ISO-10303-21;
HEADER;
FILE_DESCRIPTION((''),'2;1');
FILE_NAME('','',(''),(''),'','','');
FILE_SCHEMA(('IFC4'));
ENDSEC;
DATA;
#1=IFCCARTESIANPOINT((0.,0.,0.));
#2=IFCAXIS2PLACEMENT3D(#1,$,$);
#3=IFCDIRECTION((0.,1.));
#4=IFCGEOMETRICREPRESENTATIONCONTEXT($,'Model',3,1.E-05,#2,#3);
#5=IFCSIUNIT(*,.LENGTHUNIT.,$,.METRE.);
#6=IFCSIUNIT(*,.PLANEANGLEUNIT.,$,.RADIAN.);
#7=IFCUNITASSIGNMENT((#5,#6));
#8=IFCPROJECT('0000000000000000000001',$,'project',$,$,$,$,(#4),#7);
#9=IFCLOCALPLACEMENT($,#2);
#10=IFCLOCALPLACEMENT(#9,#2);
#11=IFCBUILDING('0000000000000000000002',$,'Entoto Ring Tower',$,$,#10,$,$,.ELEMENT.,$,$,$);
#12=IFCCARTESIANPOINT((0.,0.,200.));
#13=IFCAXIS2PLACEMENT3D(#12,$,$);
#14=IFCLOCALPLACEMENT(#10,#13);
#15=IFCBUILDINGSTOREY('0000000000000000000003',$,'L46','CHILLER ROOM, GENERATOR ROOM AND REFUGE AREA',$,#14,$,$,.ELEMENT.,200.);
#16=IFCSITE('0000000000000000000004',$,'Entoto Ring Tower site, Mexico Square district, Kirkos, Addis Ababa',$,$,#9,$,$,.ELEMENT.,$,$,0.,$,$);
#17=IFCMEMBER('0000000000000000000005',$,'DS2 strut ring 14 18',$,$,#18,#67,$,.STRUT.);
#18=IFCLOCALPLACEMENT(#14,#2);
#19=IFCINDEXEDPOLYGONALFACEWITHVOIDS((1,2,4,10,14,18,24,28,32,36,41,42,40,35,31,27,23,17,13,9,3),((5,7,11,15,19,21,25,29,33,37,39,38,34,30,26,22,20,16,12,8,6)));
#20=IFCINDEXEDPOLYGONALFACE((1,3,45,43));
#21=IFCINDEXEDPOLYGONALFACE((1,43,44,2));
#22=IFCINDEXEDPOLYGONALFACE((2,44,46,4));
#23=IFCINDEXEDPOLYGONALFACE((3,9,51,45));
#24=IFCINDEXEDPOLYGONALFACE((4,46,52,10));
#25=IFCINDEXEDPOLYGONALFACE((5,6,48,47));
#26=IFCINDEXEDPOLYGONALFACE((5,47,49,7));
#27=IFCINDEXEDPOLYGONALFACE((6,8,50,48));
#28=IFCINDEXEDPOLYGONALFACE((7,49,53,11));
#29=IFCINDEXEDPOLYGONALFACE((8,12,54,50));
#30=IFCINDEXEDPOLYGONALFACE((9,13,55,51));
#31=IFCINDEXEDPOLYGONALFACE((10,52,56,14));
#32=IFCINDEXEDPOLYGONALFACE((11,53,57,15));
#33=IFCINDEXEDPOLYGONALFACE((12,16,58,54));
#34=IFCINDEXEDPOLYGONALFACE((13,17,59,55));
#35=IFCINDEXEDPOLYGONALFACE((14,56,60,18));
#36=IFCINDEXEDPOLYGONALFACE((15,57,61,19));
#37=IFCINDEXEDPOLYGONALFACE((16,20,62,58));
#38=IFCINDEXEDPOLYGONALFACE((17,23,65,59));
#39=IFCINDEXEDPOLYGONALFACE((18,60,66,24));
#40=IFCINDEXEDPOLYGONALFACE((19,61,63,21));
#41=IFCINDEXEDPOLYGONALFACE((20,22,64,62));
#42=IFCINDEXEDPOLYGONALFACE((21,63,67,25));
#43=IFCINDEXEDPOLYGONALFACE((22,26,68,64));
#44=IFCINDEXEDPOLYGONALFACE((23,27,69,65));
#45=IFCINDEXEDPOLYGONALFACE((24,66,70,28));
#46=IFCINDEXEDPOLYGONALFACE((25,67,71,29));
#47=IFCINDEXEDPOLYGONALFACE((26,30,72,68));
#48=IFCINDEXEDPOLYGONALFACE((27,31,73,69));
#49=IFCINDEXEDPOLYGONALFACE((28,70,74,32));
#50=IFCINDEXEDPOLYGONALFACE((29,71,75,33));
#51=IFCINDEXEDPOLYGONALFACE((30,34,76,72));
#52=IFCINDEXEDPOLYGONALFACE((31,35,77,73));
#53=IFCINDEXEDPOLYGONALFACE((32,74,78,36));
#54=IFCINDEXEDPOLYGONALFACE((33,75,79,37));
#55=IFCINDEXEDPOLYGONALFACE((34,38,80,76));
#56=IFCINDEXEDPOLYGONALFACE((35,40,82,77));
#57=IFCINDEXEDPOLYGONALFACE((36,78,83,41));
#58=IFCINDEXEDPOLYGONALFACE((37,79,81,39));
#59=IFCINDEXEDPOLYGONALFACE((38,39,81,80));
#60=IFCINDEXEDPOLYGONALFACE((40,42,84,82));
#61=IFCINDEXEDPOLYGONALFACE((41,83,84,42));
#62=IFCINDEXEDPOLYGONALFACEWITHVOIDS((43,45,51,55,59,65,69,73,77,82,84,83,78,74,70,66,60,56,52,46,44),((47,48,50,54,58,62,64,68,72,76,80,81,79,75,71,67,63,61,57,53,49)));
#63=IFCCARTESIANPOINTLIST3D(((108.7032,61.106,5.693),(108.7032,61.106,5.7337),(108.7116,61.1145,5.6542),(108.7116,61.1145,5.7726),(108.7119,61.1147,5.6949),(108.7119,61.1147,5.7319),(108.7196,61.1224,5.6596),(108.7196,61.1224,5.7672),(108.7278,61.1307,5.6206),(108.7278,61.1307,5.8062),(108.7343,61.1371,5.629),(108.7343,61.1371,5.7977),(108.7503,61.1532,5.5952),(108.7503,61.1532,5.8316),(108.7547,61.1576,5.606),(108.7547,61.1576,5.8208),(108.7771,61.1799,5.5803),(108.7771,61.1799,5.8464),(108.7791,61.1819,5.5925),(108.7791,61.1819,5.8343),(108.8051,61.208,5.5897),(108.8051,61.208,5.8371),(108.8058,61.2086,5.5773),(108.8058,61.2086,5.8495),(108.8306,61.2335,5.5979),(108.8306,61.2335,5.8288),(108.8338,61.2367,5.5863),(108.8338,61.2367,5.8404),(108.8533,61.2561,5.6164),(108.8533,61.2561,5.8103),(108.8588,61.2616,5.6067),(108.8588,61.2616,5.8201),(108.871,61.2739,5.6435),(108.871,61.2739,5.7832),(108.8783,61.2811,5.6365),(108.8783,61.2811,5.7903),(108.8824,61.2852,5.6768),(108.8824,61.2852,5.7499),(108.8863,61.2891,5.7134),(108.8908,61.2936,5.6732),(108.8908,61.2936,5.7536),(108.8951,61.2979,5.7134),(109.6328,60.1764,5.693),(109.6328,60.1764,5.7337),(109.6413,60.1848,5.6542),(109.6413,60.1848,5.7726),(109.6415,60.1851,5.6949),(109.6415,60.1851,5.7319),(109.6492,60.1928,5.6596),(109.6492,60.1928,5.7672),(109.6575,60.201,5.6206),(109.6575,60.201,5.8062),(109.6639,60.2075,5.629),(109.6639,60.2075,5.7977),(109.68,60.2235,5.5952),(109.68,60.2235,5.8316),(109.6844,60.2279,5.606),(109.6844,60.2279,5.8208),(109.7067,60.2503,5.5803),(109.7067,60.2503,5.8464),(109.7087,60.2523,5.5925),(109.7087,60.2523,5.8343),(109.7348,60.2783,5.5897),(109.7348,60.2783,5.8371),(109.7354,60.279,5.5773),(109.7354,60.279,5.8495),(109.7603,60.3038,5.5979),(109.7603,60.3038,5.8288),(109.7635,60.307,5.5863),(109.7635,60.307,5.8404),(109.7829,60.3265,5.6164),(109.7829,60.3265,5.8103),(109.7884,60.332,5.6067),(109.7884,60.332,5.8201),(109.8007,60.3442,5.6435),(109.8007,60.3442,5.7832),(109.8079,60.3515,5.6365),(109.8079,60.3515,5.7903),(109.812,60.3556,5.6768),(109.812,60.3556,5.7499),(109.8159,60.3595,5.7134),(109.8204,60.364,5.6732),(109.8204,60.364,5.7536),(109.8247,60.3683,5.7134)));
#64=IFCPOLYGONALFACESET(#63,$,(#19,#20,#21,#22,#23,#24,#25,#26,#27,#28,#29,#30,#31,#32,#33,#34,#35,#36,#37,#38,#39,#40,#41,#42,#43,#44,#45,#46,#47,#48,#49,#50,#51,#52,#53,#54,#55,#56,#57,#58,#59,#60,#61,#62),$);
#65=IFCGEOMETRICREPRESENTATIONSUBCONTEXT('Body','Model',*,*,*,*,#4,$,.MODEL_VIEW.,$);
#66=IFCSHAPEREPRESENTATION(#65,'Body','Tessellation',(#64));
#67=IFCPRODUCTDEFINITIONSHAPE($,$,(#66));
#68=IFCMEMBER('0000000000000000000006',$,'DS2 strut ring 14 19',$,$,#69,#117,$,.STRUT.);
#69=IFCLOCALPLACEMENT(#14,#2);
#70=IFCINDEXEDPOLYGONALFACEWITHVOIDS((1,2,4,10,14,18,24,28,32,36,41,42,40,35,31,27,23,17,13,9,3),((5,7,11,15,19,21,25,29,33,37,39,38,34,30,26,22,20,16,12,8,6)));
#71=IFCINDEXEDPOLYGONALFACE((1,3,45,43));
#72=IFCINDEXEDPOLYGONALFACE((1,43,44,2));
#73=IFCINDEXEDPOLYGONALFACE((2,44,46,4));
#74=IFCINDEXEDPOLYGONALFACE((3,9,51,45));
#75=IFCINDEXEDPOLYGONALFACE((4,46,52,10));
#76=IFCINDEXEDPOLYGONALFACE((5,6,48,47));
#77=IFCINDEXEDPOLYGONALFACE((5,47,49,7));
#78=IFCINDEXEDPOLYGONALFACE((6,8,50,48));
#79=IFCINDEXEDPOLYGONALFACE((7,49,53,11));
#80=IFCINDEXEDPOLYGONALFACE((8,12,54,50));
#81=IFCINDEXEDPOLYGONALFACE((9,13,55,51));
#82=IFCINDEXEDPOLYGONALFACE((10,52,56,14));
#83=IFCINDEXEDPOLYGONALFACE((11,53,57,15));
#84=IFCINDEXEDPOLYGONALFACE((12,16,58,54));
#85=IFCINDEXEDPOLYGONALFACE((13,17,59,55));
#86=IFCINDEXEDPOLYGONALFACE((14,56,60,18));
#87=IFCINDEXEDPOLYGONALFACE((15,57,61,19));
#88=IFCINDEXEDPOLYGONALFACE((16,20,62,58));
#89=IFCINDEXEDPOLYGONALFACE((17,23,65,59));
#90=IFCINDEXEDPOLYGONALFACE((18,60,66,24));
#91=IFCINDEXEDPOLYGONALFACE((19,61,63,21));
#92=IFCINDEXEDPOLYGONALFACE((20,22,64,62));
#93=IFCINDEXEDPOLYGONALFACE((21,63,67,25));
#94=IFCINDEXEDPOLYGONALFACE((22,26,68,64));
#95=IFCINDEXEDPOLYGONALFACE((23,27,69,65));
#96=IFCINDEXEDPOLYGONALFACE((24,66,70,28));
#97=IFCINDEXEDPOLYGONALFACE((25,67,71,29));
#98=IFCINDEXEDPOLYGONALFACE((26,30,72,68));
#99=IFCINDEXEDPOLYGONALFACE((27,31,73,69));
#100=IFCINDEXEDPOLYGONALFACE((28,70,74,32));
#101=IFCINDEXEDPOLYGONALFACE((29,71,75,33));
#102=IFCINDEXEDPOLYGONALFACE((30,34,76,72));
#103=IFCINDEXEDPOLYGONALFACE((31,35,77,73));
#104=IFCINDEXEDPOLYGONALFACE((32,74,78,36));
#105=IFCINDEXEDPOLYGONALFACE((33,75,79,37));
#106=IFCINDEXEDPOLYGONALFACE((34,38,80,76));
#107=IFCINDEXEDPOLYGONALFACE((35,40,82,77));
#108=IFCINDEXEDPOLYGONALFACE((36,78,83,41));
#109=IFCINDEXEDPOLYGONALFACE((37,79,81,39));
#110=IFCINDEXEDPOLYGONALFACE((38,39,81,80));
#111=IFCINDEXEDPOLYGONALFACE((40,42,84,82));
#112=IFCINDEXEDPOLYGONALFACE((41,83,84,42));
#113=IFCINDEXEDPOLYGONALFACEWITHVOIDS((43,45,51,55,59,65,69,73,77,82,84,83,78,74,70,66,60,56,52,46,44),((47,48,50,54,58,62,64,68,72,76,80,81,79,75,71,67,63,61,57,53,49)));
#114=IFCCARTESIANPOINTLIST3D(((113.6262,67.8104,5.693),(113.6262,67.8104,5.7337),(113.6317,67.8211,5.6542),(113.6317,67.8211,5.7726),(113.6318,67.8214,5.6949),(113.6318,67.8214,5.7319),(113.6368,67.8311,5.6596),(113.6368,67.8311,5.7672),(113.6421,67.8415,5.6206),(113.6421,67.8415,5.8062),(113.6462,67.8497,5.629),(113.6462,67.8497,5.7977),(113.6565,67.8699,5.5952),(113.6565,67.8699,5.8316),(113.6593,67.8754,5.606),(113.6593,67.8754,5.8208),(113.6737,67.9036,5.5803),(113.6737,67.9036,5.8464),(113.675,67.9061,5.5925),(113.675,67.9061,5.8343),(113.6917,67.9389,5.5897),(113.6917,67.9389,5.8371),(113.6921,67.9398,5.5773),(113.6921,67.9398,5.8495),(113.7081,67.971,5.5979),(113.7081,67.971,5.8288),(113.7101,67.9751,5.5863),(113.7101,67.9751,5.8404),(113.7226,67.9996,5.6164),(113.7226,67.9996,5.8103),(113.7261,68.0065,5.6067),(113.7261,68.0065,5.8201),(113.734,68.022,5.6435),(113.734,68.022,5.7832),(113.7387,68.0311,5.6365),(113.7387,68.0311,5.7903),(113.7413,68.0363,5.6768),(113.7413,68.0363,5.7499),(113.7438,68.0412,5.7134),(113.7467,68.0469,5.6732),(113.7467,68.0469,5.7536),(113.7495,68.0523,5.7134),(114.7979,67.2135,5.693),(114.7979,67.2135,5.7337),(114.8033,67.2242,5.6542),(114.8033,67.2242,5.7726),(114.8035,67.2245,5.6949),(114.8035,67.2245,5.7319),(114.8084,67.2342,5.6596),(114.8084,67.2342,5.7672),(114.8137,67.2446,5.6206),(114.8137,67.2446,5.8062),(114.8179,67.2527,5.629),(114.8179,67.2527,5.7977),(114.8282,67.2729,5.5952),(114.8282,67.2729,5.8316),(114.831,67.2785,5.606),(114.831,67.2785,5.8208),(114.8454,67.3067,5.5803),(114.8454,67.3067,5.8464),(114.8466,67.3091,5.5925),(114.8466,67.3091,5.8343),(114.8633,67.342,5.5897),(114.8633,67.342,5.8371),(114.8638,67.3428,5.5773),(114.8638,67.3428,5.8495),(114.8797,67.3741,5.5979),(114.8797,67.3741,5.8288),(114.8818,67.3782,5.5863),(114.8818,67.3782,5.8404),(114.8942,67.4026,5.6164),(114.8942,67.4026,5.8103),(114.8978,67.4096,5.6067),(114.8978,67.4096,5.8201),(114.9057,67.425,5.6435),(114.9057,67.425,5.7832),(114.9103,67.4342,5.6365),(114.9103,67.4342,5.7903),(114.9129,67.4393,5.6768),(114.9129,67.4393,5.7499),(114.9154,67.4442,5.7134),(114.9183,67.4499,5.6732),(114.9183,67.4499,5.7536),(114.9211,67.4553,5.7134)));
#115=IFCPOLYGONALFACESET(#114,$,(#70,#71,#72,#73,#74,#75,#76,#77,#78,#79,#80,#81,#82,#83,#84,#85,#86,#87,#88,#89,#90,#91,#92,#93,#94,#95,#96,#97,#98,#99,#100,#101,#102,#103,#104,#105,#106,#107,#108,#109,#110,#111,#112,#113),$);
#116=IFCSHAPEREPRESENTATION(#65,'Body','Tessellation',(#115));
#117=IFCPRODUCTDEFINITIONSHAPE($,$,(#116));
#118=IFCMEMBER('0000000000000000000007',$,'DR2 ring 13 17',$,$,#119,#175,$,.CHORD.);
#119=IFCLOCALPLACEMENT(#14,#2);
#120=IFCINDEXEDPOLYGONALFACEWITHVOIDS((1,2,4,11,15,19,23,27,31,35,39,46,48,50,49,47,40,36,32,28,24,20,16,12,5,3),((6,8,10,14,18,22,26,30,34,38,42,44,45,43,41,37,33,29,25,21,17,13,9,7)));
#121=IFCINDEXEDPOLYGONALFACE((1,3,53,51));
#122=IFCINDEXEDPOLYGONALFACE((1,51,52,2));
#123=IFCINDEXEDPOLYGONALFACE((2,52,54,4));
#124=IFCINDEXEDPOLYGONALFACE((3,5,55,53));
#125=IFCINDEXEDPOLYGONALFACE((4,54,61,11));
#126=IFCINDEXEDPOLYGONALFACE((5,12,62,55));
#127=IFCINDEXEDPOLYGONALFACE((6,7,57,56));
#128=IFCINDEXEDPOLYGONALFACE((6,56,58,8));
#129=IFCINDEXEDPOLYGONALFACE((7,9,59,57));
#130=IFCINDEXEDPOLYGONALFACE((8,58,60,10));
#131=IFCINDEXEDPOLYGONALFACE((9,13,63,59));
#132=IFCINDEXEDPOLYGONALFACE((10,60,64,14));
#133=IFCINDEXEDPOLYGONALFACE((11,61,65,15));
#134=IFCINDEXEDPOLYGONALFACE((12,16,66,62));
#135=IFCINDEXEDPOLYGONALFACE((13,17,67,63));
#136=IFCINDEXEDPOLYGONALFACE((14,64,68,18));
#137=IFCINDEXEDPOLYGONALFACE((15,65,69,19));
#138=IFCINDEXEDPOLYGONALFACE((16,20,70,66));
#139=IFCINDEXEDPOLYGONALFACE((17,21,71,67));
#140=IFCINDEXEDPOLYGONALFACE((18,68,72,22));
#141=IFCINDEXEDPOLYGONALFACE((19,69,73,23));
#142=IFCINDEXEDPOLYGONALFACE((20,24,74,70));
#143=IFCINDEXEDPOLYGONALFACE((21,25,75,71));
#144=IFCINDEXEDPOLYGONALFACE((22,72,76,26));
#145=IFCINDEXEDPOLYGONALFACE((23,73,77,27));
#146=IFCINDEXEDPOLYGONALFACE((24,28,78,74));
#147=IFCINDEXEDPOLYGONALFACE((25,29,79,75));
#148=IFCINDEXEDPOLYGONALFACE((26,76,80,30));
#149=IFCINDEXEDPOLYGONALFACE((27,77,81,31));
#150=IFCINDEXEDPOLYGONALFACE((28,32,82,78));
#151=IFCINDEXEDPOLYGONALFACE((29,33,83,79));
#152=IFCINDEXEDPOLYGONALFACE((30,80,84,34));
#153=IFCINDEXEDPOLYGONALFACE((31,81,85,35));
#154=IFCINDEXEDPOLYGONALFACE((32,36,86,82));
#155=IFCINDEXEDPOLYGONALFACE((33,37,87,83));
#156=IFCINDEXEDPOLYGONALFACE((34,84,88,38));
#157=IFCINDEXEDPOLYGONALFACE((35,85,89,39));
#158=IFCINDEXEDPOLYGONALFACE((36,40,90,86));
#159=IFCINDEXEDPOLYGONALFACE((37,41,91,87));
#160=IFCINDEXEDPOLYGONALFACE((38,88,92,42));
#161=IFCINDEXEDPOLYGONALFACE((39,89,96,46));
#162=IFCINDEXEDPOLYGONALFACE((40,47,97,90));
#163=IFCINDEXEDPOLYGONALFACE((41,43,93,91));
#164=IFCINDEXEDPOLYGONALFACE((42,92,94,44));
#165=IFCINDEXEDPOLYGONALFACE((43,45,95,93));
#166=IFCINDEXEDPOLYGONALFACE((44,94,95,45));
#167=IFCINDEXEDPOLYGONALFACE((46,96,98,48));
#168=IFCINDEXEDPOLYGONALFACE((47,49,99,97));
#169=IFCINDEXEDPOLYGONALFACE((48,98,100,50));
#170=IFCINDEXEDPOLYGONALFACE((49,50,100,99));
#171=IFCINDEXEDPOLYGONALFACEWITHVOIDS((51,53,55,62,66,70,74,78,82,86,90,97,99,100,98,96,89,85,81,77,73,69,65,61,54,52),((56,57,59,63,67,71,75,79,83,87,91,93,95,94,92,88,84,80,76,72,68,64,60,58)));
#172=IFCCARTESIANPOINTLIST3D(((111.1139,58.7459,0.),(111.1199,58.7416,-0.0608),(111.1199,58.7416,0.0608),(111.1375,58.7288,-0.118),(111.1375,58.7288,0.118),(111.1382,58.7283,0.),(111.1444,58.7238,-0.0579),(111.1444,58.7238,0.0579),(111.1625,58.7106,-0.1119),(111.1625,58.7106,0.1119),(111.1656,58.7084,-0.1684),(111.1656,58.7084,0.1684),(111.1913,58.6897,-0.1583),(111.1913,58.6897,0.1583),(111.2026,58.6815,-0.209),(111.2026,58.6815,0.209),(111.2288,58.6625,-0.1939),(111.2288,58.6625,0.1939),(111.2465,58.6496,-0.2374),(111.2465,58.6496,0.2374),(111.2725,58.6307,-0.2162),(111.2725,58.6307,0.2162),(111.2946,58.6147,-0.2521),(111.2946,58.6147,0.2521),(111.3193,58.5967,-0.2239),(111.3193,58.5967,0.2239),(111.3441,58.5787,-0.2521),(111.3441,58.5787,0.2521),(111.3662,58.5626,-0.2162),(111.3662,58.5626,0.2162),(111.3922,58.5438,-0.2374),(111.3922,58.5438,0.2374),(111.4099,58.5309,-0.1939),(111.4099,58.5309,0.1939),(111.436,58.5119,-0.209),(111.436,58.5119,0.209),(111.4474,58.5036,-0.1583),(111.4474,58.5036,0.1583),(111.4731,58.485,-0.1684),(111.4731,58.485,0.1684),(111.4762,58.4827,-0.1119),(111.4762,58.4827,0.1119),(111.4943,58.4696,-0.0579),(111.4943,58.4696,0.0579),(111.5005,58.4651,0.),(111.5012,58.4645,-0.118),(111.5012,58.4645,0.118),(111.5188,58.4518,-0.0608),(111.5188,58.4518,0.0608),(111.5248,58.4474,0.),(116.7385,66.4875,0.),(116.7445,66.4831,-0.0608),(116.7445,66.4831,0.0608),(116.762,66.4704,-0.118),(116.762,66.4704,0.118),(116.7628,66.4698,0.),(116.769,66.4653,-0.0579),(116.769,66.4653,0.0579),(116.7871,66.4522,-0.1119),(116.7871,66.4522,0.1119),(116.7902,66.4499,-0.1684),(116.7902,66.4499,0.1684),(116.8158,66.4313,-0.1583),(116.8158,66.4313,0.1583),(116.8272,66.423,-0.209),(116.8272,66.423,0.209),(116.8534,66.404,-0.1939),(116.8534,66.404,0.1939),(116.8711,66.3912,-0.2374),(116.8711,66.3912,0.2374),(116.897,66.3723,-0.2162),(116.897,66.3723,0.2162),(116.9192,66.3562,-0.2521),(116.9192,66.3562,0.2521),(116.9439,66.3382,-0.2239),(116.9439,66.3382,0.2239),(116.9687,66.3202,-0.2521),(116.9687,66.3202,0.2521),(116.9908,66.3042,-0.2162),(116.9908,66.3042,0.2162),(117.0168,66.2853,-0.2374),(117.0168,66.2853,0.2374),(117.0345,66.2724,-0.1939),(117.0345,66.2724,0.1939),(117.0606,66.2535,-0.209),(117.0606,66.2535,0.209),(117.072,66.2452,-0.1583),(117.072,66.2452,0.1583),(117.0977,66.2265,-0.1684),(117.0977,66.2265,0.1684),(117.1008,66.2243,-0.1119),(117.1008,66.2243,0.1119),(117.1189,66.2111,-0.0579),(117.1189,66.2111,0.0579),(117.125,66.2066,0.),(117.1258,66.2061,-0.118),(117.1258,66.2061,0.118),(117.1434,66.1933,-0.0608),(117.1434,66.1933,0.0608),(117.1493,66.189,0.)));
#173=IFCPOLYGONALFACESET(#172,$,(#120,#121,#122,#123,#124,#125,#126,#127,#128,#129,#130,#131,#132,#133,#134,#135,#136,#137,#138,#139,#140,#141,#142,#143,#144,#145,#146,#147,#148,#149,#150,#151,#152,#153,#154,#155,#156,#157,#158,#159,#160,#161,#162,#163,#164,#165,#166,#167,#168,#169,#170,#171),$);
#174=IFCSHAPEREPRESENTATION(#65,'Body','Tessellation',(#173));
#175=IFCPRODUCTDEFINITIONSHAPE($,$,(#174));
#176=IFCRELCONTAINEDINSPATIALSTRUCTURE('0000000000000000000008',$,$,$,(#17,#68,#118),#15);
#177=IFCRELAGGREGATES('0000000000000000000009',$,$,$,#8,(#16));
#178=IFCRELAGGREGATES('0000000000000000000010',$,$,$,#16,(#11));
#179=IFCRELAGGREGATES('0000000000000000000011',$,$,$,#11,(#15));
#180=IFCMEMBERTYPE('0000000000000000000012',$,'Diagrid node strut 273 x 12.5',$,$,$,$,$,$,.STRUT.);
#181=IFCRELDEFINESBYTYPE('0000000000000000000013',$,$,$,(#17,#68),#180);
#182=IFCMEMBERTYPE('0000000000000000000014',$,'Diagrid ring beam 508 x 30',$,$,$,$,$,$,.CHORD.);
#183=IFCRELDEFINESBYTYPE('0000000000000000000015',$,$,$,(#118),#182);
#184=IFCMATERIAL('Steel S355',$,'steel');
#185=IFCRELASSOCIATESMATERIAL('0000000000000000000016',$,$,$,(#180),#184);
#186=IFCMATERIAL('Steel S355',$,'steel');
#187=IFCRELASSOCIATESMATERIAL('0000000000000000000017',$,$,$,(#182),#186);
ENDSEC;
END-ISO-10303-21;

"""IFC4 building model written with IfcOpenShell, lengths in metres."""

from ifc_helpers import new_model, si_unit, direction, frame, origin, origin_2d, place, context, subcontext, project, spatial, circle, hollow_circle, extrude, material, material_profile, profile_set, type_object, element, save


model = new_model("IFC4")

# Units and contexts
model_context = context("Model", 3, precision=1e-05, world=origin(), true_north=direction((0.0, 1.0)))
body_context = subcontext(model_context, "Body", "Model", "MODEL_VIEW")
ifc_project = project(units=[si_unit("LENGTHUNIT", "METRE"), si_unit("PLANEANGLEUNIT", "RADIAN")], contexts=[model_context])

# Site, building, storey
site_placement = place(None, origin())
site = spatial("IfcSite", under=ifc_project, at=site_placement, Name="Entoto Ring Tower site, Mexico Square district, Kirkos, Addis Ababa", CompositionType="ELEMENT", RefElevation=0.0)
building_placement = place(site_placement, origin())
building = spatial("IfcBuilding", under=site, at=building_placement, Name="Entoto Ring Tower", CompositionType="ELEMENT")
storey_placement = place(building_placement, frame((0.0, 0.0, 200.0)))
storey = spatial("IfcBuildingStorey", under=building, at=storey_placement, Name="L46", Description="CHILLER ROOM, GENERATOR ROOM AND REFUGE AREA", CompositionType="ELEMENT", Elevation=200.0)

# Members
ifc_material_1 = material(Name="Steel S355", Category="steel")
ifc_material_profile_1 = material_profile(ifc_material_1, hollow_circle(Radius=0.1365, WallThickness=0.0125, at=origin_2d()), Name="CHS 273 x 12.5")
ifc_material_2 = material(Name="Concrete C60/75", Category="concrete")
ifc_material_profile_2 = material_profile(ifc_material_2, circle(Radius=0.124, at=origin_2d()), Name="Concrete C60/75 infill")
ifc_profile_set_1 = profile_set([ifc_material_profile_1, ifc_material_profile_2], Name="Steel S355")
member_type_1 = type_object("IfcMemberType", Name="Diagrid node strut 273 x 12.5", PredefinedType="STRUT", material=ifc_profile_set_1)
member_1_placement = place(storey_placement, frame((108.7986, 61.2014, 5.7134), z_axis=(0.707107, -0.707107, 0.0), x_axis=(0.707107, 0.707107, 0.0)))
element("IfcMember", 1, at=member_1_placement, inside=storey, type_object=member_type_1, Name="DS2 strut ring 14 18", PredefinedType="STRUT", context=body_context, shape_type="SweptSolid", body=[
    extrude(hollow_circle(Radius=0.1365, WallThickness=0.0125, at=origin_2d()), origin(), (0.0, 0.0, 1.0), 1.3147),
])
member_2_placement = place(storey_placement, frame((113.6875, 67.9307, 5.7134), z_axis=(0.891022, -0.453959, 0.0), x_axis=(0.453959, 0.891022, 0.0)))
element("IfcMember", 2, at=member_2_placement, inside=storey, type_object=member_type_1, Name="DS2 strut ring 14 19", PredefinedType="STRUT", context=body_context, shape_type="SweptSolid", body=[
    extrude(hollow_circle(Radius=0.1365, WallThickness=0.0125, at=origin_2d()), origin(), (0.0, 0.0, 1.0), 1.3149),
])
ifc_material_3 = material(Name="Steel S355", Category="steel")
ifc_material_profile_3 = material_profile(ifc_material_3, hollow_circle(Radius=0.2539, WallThickness=0.03, at=origin_2d()), Name="CHS 508 x 30")
ifc_material_4 = material(Name="Concrete C60/75", Category="concrete")
ifc_material_profile_4 = material_profile(ifc_material_4, circle(Radius=0.2241, at=origin_2d()), Name="Concrete C60/75 infill")
ifc_profile_set_2 = profile_set([ifc_material_profile_3, ifc_material_profile_4], Name="Steel S355")
member_type_2 = type_object("IfcMemberType", Name="Diagrid ring beam 508 x 30", PredefinedType="CHORD", material=ifc_profile_set_2)
for number, where, z_axis, x_axis, name in (
    (3, (111.3193, 58.5967, 0.0), (0.587786, 0.809016, 0.0), (-0.809016, 0.587786, 0.0), "DR2 ring 13 17"),
):
    element("IfcMember", number, at=place(storey_placement, frame(where, z_axis=z_axis, x_axis=x_axis)), inside=storey, type_object=member_type_2, Name=name, PredefinedType="CHORD", context=body_context, shape_type="SweptSolid", body=[
        extrude(hollow_circle(Radius=0.2539, WallThickness=0.03, at=origin_2d()), origin(), (0.0, 0.0, 1.0), 9.5691),
    ])

save(model, "model.ifc")
